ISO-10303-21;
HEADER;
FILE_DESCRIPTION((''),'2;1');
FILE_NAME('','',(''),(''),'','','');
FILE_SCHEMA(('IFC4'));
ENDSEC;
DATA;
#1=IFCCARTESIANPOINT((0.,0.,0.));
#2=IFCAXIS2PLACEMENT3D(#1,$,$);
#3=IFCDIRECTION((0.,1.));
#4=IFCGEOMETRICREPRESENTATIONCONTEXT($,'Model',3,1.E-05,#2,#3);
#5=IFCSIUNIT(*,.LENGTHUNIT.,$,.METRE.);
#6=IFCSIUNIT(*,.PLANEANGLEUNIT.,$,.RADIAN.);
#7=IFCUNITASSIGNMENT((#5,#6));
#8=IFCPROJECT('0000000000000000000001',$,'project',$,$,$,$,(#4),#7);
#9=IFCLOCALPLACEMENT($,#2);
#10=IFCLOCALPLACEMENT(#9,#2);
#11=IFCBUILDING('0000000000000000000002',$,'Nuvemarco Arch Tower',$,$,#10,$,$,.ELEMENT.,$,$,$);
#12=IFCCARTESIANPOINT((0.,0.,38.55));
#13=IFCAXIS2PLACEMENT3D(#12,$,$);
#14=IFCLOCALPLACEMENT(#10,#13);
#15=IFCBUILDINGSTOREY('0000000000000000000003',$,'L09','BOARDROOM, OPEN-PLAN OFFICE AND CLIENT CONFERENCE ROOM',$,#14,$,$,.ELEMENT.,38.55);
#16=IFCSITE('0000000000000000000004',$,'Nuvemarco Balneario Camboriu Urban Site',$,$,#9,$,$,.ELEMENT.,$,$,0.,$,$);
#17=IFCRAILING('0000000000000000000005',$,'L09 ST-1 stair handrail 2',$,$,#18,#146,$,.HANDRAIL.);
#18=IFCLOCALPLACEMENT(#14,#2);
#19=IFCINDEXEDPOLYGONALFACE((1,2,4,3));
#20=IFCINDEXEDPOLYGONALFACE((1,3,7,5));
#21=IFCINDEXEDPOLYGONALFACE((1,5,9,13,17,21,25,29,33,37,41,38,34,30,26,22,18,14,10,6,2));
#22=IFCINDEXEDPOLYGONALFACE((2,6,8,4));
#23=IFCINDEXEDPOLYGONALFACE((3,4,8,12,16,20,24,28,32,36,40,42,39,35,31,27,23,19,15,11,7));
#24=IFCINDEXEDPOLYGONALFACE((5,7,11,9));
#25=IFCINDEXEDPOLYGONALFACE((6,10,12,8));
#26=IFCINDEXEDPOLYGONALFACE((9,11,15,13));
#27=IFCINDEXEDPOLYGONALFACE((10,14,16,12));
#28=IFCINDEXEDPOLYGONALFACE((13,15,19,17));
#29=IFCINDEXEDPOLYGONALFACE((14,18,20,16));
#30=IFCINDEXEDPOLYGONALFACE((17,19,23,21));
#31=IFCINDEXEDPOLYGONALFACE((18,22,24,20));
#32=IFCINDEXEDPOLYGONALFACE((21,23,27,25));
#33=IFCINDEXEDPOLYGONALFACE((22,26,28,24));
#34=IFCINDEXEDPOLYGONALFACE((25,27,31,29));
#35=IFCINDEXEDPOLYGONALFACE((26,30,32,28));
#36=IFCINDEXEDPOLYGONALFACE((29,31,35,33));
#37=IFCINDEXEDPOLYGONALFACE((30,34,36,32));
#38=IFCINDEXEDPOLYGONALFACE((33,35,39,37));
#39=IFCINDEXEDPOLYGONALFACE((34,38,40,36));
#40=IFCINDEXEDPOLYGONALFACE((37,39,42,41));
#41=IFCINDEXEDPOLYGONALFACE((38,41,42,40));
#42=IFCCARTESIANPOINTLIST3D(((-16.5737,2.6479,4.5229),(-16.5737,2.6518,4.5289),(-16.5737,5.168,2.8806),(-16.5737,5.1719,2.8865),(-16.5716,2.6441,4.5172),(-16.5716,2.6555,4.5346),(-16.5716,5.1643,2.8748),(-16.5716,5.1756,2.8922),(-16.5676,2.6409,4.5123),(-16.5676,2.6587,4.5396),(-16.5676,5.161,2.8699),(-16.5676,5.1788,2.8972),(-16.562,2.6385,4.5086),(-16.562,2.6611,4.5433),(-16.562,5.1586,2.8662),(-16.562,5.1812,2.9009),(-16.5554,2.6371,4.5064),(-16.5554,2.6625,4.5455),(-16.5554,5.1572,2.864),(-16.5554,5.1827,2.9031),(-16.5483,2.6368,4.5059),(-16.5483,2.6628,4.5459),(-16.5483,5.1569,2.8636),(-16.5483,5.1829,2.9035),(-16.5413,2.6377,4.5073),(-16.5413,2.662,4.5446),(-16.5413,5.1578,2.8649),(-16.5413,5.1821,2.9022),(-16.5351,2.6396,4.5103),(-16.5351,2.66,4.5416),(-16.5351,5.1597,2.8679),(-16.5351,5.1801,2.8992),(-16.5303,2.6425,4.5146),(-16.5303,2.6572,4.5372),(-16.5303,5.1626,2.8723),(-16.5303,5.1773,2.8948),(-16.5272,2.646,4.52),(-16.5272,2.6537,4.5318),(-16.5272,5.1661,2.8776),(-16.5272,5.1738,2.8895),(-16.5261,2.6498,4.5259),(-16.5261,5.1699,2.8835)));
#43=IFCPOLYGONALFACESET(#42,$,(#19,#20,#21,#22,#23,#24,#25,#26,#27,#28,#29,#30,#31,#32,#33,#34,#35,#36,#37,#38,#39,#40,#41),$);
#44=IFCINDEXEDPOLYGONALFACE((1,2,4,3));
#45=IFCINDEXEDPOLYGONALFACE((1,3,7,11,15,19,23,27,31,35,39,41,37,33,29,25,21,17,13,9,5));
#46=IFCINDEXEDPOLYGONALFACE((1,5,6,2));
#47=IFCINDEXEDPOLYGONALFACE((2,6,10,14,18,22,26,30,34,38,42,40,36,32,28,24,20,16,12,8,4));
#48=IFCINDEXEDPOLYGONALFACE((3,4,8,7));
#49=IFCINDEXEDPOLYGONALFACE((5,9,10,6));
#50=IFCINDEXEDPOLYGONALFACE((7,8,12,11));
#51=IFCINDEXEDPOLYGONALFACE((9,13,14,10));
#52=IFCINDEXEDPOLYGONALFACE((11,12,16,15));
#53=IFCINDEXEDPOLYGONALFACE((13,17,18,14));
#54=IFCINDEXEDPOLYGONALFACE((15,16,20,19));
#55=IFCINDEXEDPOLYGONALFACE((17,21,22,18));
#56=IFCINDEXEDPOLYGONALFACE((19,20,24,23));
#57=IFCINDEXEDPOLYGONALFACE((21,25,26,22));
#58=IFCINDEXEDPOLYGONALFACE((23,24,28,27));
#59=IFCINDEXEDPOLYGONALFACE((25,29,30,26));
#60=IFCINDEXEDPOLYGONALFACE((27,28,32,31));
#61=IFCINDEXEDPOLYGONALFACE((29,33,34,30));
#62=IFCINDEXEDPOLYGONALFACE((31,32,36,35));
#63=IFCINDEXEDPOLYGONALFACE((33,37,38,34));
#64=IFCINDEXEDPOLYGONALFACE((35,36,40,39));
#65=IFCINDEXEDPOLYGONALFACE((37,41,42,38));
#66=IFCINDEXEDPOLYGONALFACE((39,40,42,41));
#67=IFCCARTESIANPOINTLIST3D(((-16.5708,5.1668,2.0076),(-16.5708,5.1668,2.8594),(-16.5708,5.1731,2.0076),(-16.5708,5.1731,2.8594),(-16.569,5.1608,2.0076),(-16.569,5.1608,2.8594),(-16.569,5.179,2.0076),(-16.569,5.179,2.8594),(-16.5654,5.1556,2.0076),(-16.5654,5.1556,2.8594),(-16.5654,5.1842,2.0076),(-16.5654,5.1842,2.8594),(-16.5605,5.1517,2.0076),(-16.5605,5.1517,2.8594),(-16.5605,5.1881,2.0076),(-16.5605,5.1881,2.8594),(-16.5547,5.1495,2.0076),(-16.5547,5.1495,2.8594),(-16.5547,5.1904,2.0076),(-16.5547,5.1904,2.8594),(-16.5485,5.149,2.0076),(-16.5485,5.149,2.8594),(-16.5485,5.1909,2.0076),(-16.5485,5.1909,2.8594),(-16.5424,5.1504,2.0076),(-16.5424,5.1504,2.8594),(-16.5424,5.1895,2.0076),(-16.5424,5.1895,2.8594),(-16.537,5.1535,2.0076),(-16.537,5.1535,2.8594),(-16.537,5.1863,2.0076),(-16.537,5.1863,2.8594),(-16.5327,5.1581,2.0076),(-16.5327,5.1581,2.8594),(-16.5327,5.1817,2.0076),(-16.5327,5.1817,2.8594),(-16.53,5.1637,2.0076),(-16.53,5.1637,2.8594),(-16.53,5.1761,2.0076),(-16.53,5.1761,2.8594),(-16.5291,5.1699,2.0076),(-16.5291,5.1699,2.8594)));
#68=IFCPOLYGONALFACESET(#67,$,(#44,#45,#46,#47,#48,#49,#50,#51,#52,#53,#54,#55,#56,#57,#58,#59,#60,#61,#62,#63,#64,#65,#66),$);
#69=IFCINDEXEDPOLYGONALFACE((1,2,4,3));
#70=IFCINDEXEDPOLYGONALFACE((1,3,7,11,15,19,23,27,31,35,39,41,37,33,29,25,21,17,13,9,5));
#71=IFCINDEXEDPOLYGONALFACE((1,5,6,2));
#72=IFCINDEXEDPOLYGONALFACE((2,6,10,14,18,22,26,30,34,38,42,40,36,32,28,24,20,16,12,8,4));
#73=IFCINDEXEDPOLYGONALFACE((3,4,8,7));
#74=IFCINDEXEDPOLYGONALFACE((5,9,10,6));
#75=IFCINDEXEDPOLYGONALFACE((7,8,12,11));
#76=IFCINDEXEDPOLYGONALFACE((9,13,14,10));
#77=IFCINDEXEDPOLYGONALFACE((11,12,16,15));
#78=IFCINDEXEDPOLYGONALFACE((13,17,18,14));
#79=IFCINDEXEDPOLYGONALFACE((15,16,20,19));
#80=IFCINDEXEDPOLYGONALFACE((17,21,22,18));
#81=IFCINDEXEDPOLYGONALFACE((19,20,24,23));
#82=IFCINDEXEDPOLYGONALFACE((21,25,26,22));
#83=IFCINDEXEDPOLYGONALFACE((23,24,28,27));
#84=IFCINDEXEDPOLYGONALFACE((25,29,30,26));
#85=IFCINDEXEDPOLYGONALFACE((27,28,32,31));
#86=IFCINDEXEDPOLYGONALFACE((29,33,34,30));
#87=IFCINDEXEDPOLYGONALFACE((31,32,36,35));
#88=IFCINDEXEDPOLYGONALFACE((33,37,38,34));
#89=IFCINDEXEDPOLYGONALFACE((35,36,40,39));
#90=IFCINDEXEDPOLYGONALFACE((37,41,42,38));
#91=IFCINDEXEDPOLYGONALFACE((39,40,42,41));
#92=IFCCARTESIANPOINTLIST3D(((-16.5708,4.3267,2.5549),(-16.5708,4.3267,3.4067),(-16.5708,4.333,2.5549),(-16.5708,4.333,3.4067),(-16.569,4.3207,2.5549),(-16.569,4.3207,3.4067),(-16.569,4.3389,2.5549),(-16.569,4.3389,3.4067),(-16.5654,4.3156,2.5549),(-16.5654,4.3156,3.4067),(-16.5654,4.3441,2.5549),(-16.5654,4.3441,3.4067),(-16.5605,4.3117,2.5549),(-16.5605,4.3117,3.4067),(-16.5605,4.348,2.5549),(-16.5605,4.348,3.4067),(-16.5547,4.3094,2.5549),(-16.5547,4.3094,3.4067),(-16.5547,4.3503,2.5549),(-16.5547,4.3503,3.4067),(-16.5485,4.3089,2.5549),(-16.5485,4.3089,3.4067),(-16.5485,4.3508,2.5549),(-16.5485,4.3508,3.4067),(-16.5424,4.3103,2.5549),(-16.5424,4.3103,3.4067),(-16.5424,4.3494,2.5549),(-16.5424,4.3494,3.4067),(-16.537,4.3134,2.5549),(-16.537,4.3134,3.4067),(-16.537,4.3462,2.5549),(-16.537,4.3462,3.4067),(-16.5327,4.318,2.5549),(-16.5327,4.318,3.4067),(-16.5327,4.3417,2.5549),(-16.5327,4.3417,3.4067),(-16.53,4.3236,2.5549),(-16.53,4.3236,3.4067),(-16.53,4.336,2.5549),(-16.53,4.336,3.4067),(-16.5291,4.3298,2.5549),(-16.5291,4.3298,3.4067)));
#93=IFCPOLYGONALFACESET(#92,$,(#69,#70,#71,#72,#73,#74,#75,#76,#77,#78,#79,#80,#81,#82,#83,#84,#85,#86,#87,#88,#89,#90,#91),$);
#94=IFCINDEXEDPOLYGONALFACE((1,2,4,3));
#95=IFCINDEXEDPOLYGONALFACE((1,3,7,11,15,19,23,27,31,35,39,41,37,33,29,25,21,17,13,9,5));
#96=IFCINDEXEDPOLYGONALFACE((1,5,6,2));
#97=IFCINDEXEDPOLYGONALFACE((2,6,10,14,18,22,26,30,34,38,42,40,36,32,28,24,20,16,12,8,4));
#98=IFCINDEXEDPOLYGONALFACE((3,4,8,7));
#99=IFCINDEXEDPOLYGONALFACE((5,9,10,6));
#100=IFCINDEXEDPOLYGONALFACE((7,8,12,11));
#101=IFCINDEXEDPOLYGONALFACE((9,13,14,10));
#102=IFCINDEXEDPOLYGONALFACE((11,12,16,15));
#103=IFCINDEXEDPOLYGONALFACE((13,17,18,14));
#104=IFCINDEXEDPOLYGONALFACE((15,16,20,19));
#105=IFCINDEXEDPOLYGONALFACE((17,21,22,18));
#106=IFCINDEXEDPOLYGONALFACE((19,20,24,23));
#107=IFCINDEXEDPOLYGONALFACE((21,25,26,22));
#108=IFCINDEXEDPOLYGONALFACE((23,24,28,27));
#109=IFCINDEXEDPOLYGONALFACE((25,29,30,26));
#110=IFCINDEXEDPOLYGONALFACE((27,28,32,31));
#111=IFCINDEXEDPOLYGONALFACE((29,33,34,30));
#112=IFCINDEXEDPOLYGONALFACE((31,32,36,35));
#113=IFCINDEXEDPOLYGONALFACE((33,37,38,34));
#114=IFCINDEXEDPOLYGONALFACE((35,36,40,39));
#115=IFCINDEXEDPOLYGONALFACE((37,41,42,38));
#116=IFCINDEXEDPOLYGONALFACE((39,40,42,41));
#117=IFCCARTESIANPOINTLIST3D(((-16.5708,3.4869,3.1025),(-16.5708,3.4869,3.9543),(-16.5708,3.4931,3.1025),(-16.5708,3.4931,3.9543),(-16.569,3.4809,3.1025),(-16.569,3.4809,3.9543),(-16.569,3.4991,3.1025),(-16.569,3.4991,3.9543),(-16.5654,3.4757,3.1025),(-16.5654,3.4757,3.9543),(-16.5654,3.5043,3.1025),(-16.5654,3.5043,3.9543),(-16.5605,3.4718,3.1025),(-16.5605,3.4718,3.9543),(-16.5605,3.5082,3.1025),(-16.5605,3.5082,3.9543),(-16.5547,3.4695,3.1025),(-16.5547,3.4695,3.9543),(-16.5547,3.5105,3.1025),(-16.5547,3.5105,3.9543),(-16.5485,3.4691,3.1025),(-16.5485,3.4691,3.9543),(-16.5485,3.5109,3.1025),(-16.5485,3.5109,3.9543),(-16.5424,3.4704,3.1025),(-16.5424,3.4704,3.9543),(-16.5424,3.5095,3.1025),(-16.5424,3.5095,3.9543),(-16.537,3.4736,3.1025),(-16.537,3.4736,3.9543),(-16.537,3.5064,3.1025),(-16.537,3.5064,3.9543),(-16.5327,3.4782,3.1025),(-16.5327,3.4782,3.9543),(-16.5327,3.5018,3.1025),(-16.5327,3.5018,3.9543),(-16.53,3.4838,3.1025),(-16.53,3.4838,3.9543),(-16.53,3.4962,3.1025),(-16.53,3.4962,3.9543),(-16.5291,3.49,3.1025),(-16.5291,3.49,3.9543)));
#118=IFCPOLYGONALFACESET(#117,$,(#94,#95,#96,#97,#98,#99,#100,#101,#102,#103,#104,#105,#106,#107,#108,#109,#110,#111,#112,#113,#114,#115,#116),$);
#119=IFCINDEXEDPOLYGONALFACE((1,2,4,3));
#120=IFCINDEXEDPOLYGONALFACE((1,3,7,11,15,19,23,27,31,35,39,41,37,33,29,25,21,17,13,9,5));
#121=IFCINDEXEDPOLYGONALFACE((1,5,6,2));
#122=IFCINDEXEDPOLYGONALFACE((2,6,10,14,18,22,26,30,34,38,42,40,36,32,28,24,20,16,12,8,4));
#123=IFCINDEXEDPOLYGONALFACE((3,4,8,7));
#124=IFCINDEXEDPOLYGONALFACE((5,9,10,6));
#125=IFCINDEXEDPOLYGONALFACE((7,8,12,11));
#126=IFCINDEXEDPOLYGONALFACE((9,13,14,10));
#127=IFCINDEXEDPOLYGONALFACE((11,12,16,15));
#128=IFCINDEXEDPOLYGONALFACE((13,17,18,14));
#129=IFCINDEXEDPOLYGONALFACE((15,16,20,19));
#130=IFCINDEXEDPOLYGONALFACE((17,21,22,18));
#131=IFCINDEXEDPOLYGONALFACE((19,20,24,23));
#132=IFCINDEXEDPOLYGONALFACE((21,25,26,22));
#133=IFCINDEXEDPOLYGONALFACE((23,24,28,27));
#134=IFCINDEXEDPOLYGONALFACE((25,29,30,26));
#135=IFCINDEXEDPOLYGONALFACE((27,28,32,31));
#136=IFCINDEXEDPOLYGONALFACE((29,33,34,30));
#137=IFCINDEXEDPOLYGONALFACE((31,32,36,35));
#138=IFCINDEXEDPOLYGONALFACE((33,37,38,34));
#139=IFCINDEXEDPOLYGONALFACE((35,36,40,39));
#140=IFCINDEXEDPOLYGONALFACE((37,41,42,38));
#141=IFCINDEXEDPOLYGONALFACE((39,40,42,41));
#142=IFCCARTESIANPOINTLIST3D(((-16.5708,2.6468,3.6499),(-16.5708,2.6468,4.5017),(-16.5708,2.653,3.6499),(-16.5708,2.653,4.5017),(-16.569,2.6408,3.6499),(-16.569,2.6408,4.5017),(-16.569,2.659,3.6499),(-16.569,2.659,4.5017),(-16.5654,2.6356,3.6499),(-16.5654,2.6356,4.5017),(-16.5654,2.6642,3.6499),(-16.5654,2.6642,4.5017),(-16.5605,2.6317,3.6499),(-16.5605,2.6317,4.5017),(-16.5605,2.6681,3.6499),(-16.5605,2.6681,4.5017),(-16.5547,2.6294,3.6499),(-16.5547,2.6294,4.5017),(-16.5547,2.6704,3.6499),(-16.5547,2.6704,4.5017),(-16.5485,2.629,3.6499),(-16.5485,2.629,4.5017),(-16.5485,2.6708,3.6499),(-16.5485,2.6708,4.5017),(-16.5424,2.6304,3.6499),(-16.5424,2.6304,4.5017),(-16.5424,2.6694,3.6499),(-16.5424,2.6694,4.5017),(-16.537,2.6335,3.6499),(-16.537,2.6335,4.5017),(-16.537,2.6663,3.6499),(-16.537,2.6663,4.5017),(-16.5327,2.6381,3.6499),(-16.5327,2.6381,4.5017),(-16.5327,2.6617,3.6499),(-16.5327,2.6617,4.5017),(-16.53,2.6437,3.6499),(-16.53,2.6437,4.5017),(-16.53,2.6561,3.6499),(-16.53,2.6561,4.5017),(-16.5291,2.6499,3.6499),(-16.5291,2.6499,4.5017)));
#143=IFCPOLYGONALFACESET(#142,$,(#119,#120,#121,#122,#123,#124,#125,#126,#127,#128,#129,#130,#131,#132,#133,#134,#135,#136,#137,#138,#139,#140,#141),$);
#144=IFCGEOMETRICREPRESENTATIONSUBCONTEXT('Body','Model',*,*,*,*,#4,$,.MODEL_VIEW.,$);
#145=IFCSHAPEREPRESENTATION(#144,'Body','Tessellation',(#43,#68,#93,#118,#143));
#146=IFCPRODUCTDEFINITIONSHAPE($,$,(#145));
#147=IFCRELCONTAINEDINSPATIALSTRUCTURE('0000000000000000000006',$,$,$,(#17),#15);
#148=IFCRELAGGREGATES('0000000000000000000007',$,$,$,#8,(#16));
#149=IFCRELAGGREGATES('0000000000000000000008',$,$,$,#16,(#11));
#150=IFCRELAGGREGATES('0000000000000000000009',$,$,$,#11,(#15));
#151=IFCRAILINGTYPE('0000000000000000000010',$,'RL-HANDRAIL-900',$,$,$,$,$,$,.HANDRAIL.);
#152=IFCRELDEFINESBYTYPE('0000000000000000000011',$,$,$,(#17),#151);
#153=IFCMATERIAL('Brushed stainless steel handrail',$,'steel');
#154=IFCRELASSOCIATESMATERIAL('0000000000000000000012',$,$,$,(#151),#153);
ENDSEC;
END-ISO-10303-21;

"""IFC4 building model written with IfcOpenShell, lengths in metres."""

from ifc_helpers import new_model, si_unit, direction, frame, origin, origin_2d, place, context, subcontext, project, spatial, circle, extrude, material, type_object, element, save


model = new_model("IFC4")

# Units and contexts
model_context = context("Model", 3, precision=1e-05, world=origin(), true_north=direction((0.0, 1.0)))
body_context = subcontext(model_context, "Body", "Model", "MODEL_VIEW")
ifc_project = project(units=[si_unit("LENGTHUNIT", "METRE"), si_unit("PLANEANGLEUNIT", "RADIAN")], contexts=[model_context])

# Site, building, storey
site_placement = place(None, origin())
site = spatial("IfcSite", under=ifc_project, at=site_placement, Name="Nuvemarco Balneario Camboriu Urban Site", CompositionType="ELEMENT", RefElevation=0.0)
building_placement = place(site_placement, origin())
building = spatial("IfcBuilding", under=site, at=building_placement, Name="Nuvemarco Arch Tower", CompositionType="ELEMENT")
storey_placement = place(building_placement, frame((0.0, 0.0, 38.55)))
storey = spatial("IfcBuildingStorey", under=building, at=storey_placement, Name="L09", Description="BOARDROOM, OPEN-PLAN OFFICE AND CLIENT CONFERENCE ROOM", CompositionType="ELEMENT", Elevation=38.55)

# Railing
ifc_material_1 = material(Name="Brushed stainless steel handrail", Category="steel")
railing_type_1 = type_object("IfcRailingType", Name="RL-HANDRAIL-900", PredefinedType="HANDRAIL", material=ifc_material_1)
railing_1_placement = place(storey_placement, frame((-16.55, 5.1699, 2.0076)))
element("IfcRailing", 1, at=railing_1_placement, inside=storey, type_object=railing_type_1, Name="L09 ST-1 stair handrail 2", PredefinedType="HANDRAIL", context=body_context, shape_type="SweptSolid", body=[
    extrude(circle(Radius=0.0239, at=origin_2d()), frame((0.0, 0.0, 0.876), z_axis=(0.0, -0.837787, 0.545998), x_axis=(1.0, 0.0, 0.0)), (0.0, 0.0, 1.0), 3.0081),
    extrude(circle(Radius=0.021, at=origin_2d()), origin(), (0.0, 0.0, 1.0), 0.8518),
    extrude(circle(Radius=0.021, at=origin_2d()), frame((0.0, -0.8401, 0.5474)), (0.0, 0.0, 1.0), 0.8518),
    extrude(circle(Radius=0.021, at=origin_2d()), frame((0.0, -1.6799, 1.095)), (0.0, 0.0, 1.0), 0.8518),
    extrude(circle(Radius=0.021, at=origin_2d()), frame((0.0, -2.52, 1.6423)), (0.0, 0.0, 1.0), 0.8518),
])

save(model, "model.ifc")
